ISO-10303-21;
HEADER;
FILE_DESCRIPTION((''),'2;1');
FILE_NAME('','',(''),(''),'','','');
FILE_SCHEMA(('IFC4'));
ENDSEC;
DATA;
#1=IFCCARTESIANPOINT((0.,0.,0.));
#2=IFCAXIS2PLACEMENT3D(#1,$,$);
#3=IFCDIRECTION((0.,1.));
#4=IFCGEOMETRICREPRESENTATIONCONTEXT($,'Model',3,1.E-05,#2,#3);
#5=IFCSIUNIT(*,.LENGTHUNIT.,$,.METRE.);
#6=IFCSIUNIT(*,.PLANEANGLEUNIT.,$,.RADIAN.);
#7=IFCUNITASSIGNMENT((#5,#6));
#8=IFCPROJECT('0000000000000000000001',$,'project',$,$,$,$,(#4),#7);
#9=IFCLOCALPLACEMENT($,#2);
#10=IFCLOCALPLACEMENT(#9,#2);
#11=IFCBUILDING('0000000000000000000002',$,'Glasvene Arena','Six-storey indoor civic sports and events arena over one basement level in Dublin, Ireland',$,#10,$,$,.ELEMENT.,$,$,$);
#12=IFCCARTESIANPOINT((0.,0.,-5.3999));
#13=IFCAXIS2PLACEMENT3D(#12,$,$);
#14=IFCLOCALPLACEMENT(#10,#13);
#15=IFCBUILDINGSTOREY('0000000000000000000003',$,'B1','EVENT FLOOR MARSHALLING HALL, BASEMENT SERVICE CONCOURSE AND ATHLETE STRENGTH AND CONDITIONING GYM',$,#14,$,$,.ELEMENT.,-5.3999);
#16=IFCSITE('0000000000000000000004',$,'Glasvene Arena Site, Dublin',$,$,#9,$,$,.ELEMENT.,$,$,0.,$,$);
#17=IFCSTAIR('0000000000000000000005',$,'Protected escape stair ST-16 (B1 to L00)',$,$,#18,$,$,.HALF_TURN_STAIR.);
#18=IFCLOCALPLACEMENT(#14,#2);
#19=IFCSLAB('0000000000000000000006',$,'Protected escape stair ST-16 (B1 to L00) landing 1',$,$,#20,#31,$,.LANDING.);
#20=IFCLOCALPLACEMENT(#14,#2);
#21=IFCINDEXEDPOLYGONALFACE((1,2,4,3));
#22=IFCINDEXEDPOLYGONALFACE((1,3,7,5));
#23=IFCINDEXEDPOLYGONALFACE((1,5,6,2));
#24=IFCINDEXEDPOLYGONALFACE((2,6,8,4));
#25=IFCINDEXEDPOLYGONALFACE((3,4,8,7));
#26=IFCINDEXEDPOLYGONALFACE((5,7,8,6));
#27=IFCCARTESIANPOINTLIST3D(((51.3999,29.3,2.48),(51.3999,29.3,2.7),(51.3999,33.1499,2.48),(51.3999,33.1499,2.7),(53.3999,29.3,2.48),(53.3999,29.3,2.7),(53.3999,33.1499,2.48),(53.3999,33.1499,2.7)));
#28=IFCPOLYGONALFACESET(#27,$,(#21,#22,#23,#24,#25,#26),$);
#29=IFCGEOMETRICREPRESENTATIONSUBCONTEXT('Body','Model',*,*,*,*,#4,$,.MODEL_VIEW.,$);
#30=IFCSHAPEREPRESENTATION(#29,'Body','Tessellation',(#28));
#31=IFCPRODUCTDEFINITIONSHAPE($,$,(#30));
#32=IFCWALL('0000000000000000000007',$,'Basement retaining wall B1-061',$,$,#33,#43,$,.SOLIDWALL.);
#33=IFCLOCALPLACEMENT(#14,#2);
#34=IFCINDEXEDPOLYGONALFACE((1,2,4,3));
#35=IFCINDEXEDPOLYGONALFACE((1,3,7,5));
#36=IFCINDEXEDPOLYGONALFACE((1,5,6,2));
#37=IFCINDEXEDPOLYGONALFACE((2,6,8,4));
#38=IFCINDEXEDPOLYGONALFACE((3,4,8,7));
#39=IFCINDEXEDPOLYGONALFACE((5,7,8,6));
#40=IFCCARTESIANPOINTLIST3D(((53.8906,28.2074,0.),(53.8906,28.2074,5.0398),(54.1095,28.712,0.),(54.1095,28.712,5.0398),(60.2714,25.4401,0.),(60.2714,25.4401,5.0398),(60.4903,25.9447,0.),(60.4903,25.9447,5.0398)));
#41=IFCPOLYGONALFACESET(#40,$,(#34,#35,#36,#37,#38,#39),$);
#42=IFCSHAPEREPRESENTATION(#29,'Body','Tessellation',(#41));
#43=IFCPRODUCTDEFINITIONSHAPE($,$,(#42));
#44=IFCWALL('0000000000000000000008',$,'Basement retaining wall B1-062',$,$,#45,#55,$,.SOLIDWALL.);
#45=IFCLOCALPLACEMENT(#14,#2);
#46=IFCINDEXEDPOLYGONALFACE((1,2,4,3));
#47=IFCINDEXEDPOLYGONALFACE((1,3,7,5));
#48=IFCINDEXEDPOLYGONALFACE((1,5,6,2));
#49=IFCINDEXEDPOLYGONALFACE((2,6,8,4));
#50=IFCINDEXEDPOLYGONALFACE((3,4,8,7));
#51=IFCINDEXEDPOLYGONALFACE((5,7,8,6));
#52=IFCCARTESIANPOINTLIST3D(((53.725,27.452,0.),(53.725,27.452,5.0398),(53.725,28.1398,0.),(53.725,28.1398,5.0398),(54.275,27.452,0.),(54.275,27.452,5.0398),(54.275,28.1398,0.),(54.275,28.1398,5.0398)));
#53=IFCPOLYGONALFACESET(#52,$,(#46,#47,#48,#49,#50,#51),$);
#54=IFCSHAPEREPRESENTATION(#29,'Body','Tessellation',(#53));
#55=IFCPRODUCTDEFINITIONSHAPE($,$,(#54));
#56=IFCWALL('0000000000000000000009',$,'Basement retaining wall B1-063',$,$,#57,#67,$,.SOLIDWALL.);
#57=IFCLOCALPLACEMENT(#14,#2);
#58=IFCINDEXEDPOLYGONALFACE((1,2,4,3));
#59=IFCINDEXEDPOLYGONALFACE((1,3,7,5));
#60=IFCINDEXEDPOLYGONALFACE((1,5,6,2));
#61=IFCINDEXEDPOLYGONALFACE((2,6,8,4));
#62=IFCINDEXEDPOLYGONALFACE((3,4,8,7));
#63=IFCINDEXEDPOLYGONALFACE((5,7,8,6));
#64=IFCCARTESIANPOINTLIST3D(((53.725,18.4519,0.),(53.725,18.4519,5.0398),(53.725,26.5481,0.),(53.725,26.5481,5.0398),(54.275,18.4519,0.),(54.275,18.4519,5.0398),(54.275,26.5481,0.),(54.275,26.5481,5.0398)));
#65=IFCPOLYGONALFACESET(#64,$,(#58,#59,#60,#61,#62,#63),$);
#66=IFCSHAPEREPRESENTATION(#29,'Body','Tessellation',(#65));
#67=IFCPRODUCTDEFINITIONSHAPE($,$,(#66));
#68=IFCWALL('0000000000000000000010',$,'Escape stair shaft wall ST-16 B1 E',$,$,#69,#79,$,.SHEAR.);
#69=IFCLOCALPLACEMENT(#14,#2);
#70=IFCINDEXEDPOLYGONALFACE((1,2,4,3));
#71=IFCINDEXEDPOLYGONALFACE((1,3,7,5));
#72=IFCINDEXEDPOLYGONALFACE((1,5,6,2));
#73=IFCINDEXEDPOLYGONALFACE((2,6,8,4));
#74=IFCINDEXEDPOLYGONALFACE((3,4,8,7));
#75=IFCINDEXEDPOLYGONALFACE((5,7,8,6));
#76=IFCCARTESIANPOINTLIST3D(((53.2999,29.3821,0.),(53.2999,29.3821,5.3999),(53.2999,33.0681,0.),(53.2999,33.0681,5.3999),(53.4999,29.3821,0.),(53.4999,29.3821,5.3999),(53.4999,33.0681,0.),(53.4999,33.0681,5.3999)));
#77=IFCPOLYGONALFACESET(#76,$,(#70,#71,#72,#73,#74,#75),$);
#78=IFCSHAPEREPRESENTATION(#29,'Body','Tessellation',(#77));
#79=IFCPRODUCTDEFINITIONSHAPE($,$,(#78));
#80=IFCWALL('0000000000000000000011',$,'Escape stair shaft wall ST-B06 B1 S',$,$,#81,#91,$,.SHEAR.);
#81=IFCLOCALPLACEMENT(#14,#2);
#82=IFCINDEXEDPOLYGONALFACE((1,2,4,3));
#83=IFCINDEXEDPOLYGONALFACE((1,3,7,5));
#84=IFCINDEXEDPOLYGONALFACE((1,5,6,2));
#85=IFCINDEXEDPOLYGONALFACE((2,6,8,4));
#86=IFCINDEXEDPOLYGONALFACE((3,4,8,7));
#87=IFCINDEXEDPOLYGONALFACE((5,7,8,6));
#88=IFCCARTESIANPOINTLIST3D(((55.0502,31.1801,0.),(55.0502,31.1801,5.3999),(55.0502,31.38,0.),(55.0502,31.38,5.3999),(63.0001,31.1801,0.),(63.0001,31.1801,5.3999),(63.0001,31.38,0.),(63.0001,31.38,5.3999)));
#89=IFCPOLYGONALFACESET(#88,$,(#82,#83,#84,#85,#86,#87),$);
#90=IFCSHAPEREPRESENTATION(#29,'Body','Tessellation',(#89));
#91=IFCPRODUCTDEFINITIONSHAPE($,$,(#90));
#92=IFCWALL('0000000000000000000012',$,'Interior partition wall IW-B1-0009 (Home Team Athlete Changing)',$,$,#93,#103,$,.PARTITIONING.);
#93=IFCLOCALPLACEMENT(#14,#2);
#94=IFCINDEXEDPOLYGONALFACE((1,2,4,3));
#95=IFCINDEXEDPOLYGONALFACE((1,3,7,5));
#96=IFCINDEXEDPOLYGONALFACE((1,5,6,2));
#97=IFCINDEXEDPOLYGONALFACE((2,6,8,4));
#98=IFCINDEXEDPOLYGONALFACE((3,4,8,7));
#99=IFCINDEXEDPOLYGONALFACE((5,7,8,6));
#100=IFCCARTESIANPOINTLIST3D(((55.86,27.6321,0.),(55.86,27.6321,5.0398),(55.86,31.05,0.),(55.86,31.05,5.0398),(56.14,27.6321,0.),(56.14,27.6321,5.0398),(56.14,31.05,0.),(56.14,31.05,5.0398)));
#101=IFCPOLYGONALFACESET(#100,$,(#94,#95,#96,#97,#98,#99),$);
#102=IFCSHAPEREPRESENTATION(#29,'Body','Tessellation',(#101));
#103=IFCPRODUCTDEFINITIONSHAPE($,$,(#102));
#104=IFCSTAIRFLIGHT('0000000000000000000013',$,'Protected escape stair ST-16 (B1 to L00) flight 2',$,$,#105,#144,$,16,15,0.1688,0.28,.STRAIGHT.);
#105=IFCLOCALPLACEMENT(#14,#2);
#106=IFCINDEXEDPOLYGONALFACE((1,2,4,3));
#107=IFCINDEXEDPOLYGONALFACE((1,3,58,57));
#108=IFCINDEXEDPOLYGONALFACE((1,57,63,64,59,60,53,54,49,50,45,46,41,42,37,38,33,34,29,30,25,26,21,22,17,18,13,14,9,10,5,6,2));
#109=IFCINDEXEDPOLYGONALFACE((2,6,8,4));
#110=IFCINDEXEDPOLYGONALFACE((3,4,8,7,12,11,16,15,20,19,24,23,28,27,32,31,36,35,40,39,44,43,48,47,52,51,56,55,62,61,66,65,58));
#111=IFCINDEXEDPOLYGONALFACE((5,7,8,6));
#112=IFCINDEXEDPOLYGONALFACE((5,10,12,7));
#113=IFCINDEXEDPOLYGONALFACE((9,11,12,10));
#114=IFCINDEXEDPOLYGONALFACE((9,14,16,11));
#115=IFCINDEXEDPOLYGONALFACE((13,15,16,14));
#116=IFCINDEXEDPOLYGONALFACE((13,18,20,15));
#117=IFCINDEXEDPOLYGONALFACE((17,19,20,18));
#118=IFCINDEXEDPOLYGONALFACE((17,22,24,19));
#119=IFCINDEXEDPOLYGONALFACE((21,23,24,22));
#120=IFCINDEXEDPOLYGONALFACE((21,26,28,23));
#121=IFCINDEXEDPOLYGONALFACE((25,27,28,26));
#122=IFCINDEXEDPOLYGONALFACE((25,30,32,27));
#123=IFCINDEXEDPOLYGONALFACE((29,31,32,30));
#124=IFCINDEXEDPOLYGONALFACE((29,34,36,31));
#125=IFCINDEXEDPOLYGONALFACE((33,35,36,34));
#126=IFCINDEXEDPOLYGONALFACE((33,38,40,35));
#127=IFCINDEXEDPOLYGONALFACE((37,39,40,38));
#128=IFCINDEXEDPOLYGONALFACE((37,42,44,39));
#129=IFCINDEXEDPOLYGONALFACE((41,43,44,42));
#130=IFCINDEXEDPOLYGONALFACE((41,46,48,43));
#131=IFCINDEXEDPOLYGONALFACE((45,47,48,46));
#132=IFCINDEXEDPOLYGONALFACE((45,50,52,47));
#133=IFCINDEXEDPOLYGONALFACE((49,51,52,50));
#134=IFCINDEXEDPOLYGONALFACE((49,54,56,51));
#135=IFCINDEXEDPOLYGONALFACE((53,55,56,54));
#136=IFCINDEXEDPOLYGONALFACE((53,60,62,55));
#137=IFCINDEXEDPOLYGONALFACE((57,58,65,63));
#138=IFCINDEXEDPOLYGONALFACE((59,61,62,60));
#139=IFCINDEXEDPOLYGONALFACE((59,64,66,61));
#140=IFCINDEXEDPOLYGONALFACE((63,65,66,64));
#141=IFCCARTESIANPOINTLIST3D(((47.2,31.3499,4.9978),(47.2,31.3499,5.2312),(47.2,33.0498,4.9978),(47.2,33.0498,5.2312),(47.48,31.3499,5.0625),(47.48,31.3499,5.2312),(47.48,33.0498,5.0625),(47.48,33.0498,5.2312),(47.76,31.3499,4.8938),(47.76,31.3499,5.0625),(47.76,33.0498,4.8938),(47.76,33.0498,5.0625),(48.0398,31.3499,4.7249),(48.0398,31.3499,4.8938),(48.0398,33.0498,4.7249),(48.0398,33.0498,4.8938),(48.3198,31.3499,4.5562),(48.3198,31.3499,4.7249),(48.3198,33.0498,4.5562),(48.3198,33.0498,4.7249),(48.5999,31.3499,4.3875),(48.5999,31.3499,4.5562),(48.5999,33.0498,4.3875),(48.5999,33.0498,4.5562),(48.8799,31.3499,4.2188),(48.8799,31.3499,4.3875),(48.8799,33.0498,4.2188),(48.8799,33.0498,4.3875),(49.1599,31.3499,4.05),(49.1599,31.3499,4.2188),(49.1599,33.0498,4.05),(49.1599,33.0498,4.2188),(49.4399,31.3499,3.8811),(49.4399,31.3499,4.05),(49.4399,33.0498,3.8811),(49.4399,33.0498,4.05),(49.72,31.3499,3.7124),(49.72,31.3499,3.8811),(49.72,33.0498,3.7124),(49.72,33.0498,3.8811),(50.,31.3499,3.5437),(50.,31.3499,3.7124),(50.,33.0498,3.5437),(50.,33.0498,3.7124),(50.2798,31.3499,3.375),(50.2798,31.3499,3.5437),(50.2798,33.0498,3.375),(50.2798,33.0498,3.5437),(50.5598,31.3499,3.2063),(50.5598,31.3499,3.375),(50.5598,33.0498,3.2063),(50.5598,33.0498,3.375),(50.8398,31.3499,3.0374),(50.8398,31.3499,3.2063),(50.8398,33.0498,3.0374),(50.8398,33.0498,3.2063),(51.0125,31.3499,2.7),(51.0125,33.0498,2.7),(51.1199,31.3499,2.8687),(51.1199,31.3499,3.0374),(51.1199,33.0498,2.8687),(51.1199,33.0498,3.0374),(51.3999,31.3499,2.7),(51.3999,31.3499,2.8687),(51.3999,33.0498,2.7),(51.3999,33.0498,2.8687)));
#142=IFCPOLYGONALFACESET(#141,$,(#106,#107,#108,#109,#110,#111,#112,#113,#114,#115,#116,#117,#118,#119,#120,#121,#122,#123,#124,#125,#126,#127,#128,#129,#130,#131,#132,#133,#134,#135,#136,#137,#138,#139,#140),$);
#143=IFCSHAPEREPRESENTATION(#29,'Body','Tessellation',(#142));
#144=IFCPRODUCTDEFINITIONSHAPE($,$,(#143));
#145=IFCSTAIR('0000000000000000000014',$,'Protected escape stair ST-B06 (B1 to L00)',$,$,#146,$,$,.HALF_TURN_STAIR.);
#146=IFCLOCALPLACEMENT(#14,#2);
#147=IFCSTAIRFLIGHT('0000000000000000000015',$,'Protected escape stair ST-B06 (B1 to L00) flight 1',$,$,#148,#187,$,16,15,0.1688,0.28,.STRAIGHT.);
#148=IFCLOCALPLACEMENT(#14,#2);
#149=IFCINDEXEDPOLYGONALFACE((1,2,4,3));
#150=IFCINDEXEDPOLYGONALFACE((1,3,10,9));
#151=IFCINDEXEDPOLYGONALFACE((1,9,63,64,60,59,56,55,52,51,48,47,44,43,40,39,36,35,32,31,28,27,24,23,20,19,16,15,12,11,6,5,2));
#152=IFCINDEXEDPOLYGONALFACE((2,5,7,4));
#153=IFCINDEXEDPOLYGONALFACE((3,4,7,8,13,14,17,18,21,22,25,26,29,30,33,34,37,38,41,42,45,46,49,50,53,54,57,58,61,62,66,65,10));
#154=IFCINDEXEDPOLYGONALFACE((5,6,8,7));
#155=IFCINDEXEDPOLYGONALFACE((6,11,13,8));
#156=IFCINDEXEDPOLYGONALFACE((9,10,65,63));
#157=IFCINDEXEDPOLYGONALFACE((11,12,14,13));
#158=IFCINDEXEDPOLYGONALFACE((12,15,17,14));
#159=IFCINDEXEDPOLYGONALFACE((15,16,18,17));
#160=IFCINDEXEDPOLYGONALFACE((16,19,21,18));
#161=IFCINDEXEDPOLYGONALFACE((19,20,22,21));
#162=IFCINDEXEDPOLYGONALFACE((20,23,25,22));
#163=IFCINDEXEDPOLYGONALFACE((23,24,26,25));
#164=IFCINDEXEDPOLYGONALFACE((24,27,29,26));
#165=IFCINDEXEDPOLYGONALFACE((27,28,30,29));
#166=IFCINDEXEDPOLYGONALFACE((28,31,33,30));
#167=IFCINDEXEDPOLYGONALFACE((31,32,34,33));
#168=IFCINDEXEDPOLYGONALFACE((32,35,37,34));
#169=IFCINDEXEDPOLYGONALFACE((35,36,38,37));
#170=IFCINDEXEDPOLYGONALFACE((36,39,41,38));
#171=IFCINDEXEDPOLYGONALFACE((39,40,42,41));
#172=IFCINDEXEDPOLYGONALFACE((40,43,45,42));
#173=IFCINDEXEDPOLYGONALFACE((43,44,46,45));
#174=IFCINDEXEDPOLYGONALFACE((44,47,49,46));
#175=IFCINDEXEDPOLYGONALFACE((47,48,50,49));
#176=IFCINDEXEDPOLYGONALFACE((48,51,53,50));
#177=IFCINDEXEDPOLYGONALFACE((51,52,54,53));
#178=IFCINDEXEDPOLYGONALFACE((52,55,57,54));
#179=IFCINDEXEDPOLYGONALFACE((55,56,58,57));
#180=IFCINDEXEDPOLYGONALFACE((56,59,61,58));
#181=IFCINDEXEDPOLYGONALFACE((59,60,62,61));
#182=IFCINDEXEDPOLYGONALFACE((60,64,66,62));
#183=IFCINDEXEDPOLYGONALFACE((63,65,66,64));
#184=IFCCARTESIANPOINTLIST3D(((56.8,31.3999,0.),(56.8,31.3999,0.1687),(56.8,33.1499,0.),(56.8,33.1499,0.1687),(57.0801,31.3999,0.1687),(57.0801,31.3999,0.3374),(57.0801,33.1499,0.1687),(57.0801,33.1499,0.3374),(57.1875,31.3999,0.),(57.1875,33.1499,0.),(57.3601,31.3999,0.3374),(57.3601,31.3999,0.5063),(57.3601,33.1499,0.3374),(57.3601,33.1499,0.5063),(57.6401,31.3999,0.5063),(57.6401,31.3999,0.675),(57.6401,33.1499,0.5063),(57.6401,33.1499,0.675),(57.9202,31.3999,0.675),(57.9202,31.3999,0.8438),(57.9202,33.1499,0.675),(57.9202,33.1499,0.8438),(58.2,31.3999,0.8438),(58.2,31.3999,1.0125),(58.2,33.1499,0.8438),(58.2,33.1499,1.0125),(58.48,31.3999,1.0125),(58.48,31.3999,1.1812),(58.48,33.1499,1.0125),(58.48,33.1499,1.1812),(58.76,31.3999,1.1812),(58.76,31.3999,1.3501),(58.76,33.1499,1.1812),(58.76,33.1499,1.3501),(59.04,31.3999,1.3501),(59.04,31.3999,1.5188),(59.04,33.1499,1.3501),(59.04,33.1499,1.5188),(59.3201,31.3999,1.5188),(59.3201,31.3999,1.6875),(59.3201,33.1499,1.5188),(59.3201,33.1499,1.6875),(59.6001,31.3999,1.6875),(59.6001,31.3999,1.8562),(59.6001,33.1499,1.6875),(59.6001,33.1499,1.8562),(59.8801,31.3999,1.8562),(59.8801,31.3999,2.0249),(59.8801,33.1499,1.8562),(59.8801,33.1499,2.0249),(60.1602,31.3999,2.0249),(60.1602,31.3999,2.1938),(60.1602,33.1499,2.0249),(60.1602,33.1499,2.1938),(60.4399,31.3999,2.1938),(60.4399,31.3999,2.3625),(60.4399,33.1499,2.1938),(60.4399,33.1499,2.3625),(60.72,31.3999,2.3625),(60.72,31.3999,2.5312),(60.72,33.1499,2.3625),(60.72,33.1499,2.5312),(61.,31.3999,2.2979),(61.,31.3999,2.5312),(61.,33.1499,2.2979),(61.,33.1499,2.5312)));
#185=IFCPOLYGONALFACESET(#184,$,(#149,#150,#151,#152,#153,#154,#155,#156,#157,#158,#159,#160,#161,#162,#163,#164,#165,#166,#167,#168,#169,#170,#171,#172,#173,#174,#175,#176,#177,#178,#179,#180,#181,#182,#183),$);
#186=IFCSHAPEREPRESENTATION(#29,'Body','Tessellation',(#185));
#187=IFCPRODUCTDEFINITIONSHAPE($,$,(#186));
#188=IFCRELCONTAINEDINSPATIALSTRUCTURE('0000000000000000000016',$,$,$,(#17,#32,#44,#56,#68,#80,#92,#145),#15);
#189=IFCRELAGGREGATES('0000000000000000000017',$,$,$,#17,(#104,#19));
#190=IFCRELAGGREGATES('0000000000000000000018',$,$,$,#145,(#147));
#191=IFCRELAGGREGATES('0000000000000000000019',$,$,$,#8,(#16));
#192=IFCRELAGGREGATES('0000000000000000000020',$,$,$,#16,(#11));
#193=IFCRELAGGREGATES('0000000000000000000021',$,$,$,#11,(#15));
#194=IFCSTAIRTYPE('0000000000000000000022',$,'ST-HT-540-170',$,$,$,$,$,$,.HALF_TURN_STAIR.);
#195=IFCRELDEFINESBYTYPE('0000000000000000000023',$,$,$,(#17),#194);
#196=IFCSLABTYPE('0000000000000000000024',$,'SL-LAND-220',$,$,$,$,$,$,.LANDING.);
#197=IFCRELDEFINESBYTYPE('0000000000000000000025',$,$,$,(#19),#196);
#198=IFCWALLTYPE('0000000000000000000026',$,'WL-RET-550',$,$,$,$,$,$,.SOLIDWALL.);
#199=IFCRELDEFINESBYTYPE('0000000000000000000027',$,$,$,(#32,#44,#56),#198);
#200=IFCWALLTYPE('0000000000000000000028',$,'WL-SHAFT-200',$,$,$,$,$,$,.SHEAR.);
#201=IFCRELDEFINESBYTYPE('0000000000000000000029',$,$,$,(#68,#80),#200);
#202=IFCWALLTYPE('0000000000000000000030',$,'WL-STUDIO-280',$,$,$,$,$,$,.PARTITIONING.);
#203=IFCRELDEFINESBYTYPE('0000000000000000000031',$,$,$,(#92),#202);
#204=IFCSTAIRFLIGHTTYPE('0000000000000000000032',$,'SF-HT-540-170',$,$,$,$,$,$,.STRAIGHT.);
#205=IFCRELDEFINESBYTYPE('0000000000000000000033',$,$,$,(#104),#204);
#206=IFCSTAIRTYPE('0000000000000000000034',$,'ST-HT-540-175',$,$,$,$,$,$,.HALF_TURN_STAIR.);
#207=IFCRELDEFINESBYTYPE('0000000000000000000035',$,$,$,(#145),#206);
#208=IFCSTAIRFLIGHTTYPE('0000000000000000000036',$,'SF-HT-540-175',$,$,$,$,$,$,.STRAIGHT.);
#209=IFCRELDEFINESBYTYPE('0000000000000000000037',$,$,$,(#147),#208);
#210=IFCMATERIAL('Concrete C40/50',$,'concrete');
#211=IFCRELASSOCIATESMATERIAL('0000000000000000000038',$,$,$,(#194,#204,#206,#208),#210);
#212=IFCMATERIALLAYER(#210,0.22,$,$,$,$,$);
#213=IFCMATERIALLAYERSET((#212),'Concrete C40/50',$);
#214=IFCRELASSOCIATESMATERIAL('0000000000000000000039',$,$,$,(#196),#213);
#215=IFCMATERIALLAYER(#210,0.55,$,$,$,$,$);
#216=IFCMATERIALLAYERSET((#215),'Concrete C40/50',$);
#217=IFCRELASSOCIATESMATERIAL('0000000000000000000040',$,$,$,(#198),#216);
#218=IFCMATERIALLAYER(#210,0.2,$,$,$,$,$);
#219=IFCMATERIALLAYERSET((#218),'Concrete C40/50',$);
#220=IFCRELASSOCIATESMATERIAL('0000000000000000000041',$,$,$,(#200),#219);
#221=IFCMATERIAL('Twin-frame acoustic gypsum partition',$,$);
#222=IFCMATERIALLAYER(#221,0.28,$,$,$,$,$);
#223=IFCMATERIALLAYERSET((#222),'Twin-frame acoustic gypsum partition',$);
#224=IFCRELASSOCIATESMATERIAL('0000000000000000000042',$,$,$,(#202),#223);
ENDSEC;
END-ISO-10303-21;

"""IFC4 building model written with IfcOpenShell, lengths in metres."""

from ifc_helpers import new_model, si_unit, direction, frame, frame_2d, origin, place, context, subcontext, project, spatial, polyline, rectangle, outline, extrude, material, layer, layer_set, type_object, element, aggregate, save


model = new_model("IFC4")

# Units and contexts
model_context = context("Model", 3, precision=1e-05, world=origin(), true_north=direction((0.0, 1.0)))
body_context = subcontext(model_context, "Body", "Model", "MODEL_VIEW")
ifc_project = project(units=[si_unit("LENGTHUNIT", "METRE"), si_unit("PLANEANGLEUNIT", "RADIAN")], contexts=[model_context])

# Site, building, storey
site_placement = place(None, origin())
site = spatial("IfcSite", under=ifc_project, at=site_placement, Name="Glasvene Arena Site, Dublin", CompositionType="ELEMENT", RefElevation=0.0)
building_placement = place(site_placement, origin())
building = spatial("IfcBuilding", under=site, at=building_placement, Name="Glasvene Arena", Description="Six-storey indoor civic sports and events arena over one basement level in Dublin, Ireland", CompositionType="ELEMENT")
storey_placement = place(building_placement, frame((0.0, 0.0, -5.3999)))
storey = spatial("IfcBuildingStorey", under=building, at=storey_placement, Name="B1", Description="EVENT FLOOR MARSHALLING HALL, BASEMENT SERVICE CONCOURSE AND ATHLETE STRENGTH AND CONDITIONING GYM", CompositionType="ELEMENT", Elevation=-5.3999)

# Shared definitions
ifc_material_1 = material(Name="Concrete C40/50", Category="concrete")

# Stair, slab
stair_type_1 = type_object("IfcStairType", Name="ST-HT-540-170", PredefinedType="HALF_TURN_STAIR", material=ifc_material_1)
stair_1_placement = place(storey_placement, origin())
stair_1 = element("IfcStair", 1, at=stair_1_placement, inside=storey, type_object=stair_type_1, Name="Protected escape stair ST-16 (B1 to L00)", PredefinedType="HALF_TURN_STAIR")
ifc_layer_1 = layer(ifc_material_1, 0.22)
ifc_layer_set_1 = layer_set([ifc_layer_1], Name="Concrete C40/50")
slab_type = type_object("IfcSlabType", Name="SL-LAND-220", PredefinedType="LANDING", material=ifc_layer_set_1)
slab_placement = place(storey_placement, frame((52.3999, 31.2251, 2.48)))
slab = element("IfcSlab", 2, at=slab_placement, type_object=slab_type, Name="Protected escape stair ST-16 (B1 to L00) landing 1", PredefinedType="LANDING", context=body_context, shape_type="SweptSolid", body=[
    extrude(outline(polyline([(-1.0, -1.925), (1.0, -1.925), (1.0, 1.9248), (-1.0, 1.9248), (-1.0, -1.925)])), origin(), (0.0, 0.0, 1.0), 0.22),
])

# Walls
ifc_layer_2 = layer(ifc_material_1, 0.55)
ifc_layer_set_2 = layer_set([ifc_layer_2], Name="Concrete C40/50")
wall_type_1 = type_object("IfcWallType", Name="WL-RET-550", PredefinedType="SOLIDWALL", material=ifc_layer_set_2)
wall_1_placement = place(storey_placement, frame((60.3809, 25.6924, 0.0), z_axis=(0.0, 0.0, 1.0), x_axis=(-0.917435, 0.397885, 0.0)))
element("IfcWall", 3, at=wall_1_placement, inside=storey, type_object=wall_type_1, Name="Basement retaining wall B1-061", PredefinedType="SOLIDWALL", context=body_context, shape_type="SweptSolid", body=[
    extrude(rectangle(XDim=6.9551, YDim=0.55, at=frame_2d((3.4775, 0.0))), origin(), (0.0, 0.0, 1.0), 5.0398),
])
wall_2_placement = place(storey_placement, frame((54.0, 28.1396, 0.0), z_axis=(0.0, 0.0, 1.0), x_axis=(0.0, -1.0, 0.0)))
element("IfcWall", 4, at=wall_2_placement, inside=storey, type_object=wall_type_1, Name="Basement retaining wall B1-062", PredefinedType="SOLIDWALL", context=body_context, shape_type="SweptSolid", body=[
    extrude(rectangle(XDim=0.6877, YDim=0.55, at=frame_2d((0.3438, 0.0))), origin(), (0.0, 0.0, 1.0), 5.0398),
])
wall_3_placement = place(storey_placement, frame((54.0, 26.5481, 0.0), z_axis=(0.0, 0.0, 1.0), x_axis=(0.0, -1.0, 0.0)))
element("IfcWall", 5, at=wall_3_placement, inside=storey, type_object=wall_type_1, Name="Basement retaining wall B1-063", PredefinedType="SOLIDWALL", context=body_context, shape_type="SweptSolid", body=[
    extrude(rectangle(XDim=8.0962, YDim=0.55, at=frame_2d((4.0481, 0.0))), origin(), (0.0, 0.0, 1.0), 5.0398),
])
ifc_layer_3 = layer(ifc_material_1, 0.2)
ifc_layer_set_3 = layer_set([ifc_layer_3], Name="Concrete C40/50")
wall_type_2 = type_object("IfcWallType", Name="WL-SHAFT-200", PredefinedType="SHEAR", material=ifc_layer_set_3)
wall_4_placement = place(storey_placement, frame((53.3999, 29.3821, 0.0), z_axis=(0.0, 0.0, 1.0), x_axis=(0.0, 1.0, 0.0)))
element("IfcWall", 6, at=wall_4_placement, inside=storey, type_object=wall_type_2, Name="Escape stair shaft wall ST-16 B1 E", PredefinedType="SHEAR", context=body_context, shape_type="SweptSolid", body=[
    extrude(rectangle(XDim=3.686, YDim=0.2, at=frame_2d((1.843, 0.0))), origin(), (0.0, 0.0, 1.0), 5.3999),
])
wall_5_placement = place(storey_placement, frame((55.05, 31.28, 0.0), z_axis=(0.0, 0.0, 1.0), x_axis=(1.0, 0.0, 0.0)))
element("IfcWall", 7, at=wall_5_placement, inside=storey, type_object=wall_type_2, Name="Escape stair shaft wall ST-B06 B1 S", PredefinedType="SHEAR", context=body_context, shape_type="SweptSolid", body=[
    extrude(rectangle(XDim=7.95, YDim=0.2, at=frame_2d((3.9751, 0.0))), origin(), (0.0, 0.0, 1.0), 5.3999),
])

# Wall
ifc_material_2 = material(Name="Twin-frame acoustic gypsum partition")
ifc_layer_4 = layer(ifc_material_2, 0.28)
ifc_layer_set_4 = layer_set([ifc_layer_4], Name="Twin-frame acoustic gypsum partition")
wall_type_3 = type_object("IfcWallType", Name="WL-STUDIO-280", PredefinedType="PARTITIONING", material=ifc_layer_set_4)
wall_6_placement = place(storey_placement, frame((56.0, 27.6321, 0.0), z_axis=(0.0, 0.0, 1.0), x_axis=(0.0, 1.0, 0.0)))
element("IfcWall", 8, at=wall_6_placement, inside=storey, type_object=wall_type_3, Name="Interior partition wall IW-B1-0009 (Home Team Athlete Changing)", PredefinedType="PARTITIONING", context=body_context, shape_type="SweptSolid", body=[
    extrude(rectangle(XDim=3.418, YDim=0.28, at=frame_2d((1.709, 0.0))), origin(), (0.0, 0.0, 1.0), 5.0398),
])

# Stair flight
stair_flight_type_1 = type_object("IfcStairFlightType", Name="SF-HT-540-170", PredefinedType="STRAIGHT", material=ifc_material_1)
stair_flight_1_placement = place(storey_placement, frame((51.3999, 32.2, 2.7), z_axis=(0.0, 0.0, 1.0), x_axis=(-1.0, 0.0, 0.0)))
stair_flight_1 = element("IfcStairFlight", 9, at=stair_flight_1_placement, type_object=stair_flight_type_1, Name="Protected escape stair ST-16 (B1 to L00) flight 2", NumberOfRisers=16, NumberOfTreads=15, PredefinedType="STRAIGHT", RiserHeight=0.1688, TreadLength=0.28, context=body_context, shape_type="SweptSolid", body=[
    extrude(outline(polyline([(0.0, 0.0), (0.0, 0.1687), (0.28, 0.1687), (0.28, 0.3374), (0.5601, 0.3374), (0.5601, 0.5063), (0.8401, 0.5063), (0.8401, 0.675), (1.1201, 0.675), (1.1201, 0.8438), (1.3999, 0.8438), (1.3999, 1.0125), (1.6799, 1.0125), (1.6799, 1.1812), (1.96, 1.1812), (1.96, 1.3501), (2.24, 1.3501), (2.24, 1.5188), (2.52, 1.5188), (2.52, 1.6875), (2.8, 1.6875), (2.8, 1.8562), (3.0801, 1.8562), (3.0801, 2.0249), (3.3601, 2.0249), (3.3601, 2.1938), (3.6399, 2.1938), (3.6399, 2.3625), (3.9199, 2.3625), (3.9199, 2.5312), (4.2, 2.5312), (4.2, 2.7), (4.2, 2.2979), (0.3875, 0.0), (0.0, 0.0)])), frame((0.0, 0.8501, 0.0), z_axis=(0.0, -1.0, 0.0), x_axis=(1.0, 0.0, 0.0)), (0.0, 0.0, 1.0), 1.7),
])
aggregate(stair_1, [stair_flight_1, slab])

# Stair, stair flight
stair_type_2 = type_object("IfcStairType", Name="ST-HT-540-175", PredefinedType="HALF_TURN_STAIR", material=ifc_material_1)
stair_2_placement = place(storey_placement, origin())
stair_2 = element("IfcStair", 10, at=stair_2_placement, inside=storey, type_object=stair_type_2, Name="Protected escape stair ST-B06 (B1 to L00)", PredefinedType="HALF_TURN_STAIR")
stair_flight_type_2 = type_object("IfcStairFlightType", Name="SF-HT-540-175", PredefinedType="STRAIGHT", material=ifc_material_1)
stair_flight_2_placement = place(storey_placement, frame((56.8, 32.2749, 0.0), z_axis=(0.0, 0.0, 1.0), x_axis=(1.0, 0.0, 0.0)))
stair_flight_2 = element("IfcStairFlight", 11, at=stair_flight_2_placement, type_object=stair_flight_type_2, Name="Protected escape stair ST-B06 (B1 to L00) flight 1", NumberOfRisers=16, NumberOfTreads=15, PredefinedType="STRAIGHT", RiserHeight=0.1688, TreadLength=0.28, context=body_context, shape_type="SweptSolid", body=[
    extrude(outline(polyline([(0.0, 0.0), (0.0, 0.1687), (0.28, 0.1687), (0.28, 0.3374), (0.5601, 0.3374), (0.5601, 0.5063), (0.8401, 0.5063), (0.8401, 0.675), (1.1201, 0.675), (1.1201, 0.8438), (1.3999, 0.8438), (1.3999, 1.0125), (1.6799, 1.0125), (1.6799, 1.1812), (1.96, 1.1812), (1.96, 1.3501), (2.24, 1.3501), (2.24, 1.5188), (2.52, 1.5188), (2.52, 1.6875), (2.8, 1.6875), (2.8, 1.8562), (3.0801, 1.8562), (3.0801, 2.0249), (3.3601, 2.0249), (3.3601, 2.1938), (3.6399, 2.1938), (3.6399, 2.3625), (3.9199, 2.3625), (3.9199, 2.5312), (4.2, 2.5312), (4.2, 2.7), (4.2, 2.2979), (0.3875, 0.0), (0.0, 0.0)])), frame((0.0, 0.875, 0.0), z_axis=(0.0, -1.0, 0.0), x_axis=(1.0, 0.0, 0.0)), (0.0, 0.0, 1.0), 1.75),
])
aggregate(stair_2, [stair_flight_2])

save(model, "model.ifc")
